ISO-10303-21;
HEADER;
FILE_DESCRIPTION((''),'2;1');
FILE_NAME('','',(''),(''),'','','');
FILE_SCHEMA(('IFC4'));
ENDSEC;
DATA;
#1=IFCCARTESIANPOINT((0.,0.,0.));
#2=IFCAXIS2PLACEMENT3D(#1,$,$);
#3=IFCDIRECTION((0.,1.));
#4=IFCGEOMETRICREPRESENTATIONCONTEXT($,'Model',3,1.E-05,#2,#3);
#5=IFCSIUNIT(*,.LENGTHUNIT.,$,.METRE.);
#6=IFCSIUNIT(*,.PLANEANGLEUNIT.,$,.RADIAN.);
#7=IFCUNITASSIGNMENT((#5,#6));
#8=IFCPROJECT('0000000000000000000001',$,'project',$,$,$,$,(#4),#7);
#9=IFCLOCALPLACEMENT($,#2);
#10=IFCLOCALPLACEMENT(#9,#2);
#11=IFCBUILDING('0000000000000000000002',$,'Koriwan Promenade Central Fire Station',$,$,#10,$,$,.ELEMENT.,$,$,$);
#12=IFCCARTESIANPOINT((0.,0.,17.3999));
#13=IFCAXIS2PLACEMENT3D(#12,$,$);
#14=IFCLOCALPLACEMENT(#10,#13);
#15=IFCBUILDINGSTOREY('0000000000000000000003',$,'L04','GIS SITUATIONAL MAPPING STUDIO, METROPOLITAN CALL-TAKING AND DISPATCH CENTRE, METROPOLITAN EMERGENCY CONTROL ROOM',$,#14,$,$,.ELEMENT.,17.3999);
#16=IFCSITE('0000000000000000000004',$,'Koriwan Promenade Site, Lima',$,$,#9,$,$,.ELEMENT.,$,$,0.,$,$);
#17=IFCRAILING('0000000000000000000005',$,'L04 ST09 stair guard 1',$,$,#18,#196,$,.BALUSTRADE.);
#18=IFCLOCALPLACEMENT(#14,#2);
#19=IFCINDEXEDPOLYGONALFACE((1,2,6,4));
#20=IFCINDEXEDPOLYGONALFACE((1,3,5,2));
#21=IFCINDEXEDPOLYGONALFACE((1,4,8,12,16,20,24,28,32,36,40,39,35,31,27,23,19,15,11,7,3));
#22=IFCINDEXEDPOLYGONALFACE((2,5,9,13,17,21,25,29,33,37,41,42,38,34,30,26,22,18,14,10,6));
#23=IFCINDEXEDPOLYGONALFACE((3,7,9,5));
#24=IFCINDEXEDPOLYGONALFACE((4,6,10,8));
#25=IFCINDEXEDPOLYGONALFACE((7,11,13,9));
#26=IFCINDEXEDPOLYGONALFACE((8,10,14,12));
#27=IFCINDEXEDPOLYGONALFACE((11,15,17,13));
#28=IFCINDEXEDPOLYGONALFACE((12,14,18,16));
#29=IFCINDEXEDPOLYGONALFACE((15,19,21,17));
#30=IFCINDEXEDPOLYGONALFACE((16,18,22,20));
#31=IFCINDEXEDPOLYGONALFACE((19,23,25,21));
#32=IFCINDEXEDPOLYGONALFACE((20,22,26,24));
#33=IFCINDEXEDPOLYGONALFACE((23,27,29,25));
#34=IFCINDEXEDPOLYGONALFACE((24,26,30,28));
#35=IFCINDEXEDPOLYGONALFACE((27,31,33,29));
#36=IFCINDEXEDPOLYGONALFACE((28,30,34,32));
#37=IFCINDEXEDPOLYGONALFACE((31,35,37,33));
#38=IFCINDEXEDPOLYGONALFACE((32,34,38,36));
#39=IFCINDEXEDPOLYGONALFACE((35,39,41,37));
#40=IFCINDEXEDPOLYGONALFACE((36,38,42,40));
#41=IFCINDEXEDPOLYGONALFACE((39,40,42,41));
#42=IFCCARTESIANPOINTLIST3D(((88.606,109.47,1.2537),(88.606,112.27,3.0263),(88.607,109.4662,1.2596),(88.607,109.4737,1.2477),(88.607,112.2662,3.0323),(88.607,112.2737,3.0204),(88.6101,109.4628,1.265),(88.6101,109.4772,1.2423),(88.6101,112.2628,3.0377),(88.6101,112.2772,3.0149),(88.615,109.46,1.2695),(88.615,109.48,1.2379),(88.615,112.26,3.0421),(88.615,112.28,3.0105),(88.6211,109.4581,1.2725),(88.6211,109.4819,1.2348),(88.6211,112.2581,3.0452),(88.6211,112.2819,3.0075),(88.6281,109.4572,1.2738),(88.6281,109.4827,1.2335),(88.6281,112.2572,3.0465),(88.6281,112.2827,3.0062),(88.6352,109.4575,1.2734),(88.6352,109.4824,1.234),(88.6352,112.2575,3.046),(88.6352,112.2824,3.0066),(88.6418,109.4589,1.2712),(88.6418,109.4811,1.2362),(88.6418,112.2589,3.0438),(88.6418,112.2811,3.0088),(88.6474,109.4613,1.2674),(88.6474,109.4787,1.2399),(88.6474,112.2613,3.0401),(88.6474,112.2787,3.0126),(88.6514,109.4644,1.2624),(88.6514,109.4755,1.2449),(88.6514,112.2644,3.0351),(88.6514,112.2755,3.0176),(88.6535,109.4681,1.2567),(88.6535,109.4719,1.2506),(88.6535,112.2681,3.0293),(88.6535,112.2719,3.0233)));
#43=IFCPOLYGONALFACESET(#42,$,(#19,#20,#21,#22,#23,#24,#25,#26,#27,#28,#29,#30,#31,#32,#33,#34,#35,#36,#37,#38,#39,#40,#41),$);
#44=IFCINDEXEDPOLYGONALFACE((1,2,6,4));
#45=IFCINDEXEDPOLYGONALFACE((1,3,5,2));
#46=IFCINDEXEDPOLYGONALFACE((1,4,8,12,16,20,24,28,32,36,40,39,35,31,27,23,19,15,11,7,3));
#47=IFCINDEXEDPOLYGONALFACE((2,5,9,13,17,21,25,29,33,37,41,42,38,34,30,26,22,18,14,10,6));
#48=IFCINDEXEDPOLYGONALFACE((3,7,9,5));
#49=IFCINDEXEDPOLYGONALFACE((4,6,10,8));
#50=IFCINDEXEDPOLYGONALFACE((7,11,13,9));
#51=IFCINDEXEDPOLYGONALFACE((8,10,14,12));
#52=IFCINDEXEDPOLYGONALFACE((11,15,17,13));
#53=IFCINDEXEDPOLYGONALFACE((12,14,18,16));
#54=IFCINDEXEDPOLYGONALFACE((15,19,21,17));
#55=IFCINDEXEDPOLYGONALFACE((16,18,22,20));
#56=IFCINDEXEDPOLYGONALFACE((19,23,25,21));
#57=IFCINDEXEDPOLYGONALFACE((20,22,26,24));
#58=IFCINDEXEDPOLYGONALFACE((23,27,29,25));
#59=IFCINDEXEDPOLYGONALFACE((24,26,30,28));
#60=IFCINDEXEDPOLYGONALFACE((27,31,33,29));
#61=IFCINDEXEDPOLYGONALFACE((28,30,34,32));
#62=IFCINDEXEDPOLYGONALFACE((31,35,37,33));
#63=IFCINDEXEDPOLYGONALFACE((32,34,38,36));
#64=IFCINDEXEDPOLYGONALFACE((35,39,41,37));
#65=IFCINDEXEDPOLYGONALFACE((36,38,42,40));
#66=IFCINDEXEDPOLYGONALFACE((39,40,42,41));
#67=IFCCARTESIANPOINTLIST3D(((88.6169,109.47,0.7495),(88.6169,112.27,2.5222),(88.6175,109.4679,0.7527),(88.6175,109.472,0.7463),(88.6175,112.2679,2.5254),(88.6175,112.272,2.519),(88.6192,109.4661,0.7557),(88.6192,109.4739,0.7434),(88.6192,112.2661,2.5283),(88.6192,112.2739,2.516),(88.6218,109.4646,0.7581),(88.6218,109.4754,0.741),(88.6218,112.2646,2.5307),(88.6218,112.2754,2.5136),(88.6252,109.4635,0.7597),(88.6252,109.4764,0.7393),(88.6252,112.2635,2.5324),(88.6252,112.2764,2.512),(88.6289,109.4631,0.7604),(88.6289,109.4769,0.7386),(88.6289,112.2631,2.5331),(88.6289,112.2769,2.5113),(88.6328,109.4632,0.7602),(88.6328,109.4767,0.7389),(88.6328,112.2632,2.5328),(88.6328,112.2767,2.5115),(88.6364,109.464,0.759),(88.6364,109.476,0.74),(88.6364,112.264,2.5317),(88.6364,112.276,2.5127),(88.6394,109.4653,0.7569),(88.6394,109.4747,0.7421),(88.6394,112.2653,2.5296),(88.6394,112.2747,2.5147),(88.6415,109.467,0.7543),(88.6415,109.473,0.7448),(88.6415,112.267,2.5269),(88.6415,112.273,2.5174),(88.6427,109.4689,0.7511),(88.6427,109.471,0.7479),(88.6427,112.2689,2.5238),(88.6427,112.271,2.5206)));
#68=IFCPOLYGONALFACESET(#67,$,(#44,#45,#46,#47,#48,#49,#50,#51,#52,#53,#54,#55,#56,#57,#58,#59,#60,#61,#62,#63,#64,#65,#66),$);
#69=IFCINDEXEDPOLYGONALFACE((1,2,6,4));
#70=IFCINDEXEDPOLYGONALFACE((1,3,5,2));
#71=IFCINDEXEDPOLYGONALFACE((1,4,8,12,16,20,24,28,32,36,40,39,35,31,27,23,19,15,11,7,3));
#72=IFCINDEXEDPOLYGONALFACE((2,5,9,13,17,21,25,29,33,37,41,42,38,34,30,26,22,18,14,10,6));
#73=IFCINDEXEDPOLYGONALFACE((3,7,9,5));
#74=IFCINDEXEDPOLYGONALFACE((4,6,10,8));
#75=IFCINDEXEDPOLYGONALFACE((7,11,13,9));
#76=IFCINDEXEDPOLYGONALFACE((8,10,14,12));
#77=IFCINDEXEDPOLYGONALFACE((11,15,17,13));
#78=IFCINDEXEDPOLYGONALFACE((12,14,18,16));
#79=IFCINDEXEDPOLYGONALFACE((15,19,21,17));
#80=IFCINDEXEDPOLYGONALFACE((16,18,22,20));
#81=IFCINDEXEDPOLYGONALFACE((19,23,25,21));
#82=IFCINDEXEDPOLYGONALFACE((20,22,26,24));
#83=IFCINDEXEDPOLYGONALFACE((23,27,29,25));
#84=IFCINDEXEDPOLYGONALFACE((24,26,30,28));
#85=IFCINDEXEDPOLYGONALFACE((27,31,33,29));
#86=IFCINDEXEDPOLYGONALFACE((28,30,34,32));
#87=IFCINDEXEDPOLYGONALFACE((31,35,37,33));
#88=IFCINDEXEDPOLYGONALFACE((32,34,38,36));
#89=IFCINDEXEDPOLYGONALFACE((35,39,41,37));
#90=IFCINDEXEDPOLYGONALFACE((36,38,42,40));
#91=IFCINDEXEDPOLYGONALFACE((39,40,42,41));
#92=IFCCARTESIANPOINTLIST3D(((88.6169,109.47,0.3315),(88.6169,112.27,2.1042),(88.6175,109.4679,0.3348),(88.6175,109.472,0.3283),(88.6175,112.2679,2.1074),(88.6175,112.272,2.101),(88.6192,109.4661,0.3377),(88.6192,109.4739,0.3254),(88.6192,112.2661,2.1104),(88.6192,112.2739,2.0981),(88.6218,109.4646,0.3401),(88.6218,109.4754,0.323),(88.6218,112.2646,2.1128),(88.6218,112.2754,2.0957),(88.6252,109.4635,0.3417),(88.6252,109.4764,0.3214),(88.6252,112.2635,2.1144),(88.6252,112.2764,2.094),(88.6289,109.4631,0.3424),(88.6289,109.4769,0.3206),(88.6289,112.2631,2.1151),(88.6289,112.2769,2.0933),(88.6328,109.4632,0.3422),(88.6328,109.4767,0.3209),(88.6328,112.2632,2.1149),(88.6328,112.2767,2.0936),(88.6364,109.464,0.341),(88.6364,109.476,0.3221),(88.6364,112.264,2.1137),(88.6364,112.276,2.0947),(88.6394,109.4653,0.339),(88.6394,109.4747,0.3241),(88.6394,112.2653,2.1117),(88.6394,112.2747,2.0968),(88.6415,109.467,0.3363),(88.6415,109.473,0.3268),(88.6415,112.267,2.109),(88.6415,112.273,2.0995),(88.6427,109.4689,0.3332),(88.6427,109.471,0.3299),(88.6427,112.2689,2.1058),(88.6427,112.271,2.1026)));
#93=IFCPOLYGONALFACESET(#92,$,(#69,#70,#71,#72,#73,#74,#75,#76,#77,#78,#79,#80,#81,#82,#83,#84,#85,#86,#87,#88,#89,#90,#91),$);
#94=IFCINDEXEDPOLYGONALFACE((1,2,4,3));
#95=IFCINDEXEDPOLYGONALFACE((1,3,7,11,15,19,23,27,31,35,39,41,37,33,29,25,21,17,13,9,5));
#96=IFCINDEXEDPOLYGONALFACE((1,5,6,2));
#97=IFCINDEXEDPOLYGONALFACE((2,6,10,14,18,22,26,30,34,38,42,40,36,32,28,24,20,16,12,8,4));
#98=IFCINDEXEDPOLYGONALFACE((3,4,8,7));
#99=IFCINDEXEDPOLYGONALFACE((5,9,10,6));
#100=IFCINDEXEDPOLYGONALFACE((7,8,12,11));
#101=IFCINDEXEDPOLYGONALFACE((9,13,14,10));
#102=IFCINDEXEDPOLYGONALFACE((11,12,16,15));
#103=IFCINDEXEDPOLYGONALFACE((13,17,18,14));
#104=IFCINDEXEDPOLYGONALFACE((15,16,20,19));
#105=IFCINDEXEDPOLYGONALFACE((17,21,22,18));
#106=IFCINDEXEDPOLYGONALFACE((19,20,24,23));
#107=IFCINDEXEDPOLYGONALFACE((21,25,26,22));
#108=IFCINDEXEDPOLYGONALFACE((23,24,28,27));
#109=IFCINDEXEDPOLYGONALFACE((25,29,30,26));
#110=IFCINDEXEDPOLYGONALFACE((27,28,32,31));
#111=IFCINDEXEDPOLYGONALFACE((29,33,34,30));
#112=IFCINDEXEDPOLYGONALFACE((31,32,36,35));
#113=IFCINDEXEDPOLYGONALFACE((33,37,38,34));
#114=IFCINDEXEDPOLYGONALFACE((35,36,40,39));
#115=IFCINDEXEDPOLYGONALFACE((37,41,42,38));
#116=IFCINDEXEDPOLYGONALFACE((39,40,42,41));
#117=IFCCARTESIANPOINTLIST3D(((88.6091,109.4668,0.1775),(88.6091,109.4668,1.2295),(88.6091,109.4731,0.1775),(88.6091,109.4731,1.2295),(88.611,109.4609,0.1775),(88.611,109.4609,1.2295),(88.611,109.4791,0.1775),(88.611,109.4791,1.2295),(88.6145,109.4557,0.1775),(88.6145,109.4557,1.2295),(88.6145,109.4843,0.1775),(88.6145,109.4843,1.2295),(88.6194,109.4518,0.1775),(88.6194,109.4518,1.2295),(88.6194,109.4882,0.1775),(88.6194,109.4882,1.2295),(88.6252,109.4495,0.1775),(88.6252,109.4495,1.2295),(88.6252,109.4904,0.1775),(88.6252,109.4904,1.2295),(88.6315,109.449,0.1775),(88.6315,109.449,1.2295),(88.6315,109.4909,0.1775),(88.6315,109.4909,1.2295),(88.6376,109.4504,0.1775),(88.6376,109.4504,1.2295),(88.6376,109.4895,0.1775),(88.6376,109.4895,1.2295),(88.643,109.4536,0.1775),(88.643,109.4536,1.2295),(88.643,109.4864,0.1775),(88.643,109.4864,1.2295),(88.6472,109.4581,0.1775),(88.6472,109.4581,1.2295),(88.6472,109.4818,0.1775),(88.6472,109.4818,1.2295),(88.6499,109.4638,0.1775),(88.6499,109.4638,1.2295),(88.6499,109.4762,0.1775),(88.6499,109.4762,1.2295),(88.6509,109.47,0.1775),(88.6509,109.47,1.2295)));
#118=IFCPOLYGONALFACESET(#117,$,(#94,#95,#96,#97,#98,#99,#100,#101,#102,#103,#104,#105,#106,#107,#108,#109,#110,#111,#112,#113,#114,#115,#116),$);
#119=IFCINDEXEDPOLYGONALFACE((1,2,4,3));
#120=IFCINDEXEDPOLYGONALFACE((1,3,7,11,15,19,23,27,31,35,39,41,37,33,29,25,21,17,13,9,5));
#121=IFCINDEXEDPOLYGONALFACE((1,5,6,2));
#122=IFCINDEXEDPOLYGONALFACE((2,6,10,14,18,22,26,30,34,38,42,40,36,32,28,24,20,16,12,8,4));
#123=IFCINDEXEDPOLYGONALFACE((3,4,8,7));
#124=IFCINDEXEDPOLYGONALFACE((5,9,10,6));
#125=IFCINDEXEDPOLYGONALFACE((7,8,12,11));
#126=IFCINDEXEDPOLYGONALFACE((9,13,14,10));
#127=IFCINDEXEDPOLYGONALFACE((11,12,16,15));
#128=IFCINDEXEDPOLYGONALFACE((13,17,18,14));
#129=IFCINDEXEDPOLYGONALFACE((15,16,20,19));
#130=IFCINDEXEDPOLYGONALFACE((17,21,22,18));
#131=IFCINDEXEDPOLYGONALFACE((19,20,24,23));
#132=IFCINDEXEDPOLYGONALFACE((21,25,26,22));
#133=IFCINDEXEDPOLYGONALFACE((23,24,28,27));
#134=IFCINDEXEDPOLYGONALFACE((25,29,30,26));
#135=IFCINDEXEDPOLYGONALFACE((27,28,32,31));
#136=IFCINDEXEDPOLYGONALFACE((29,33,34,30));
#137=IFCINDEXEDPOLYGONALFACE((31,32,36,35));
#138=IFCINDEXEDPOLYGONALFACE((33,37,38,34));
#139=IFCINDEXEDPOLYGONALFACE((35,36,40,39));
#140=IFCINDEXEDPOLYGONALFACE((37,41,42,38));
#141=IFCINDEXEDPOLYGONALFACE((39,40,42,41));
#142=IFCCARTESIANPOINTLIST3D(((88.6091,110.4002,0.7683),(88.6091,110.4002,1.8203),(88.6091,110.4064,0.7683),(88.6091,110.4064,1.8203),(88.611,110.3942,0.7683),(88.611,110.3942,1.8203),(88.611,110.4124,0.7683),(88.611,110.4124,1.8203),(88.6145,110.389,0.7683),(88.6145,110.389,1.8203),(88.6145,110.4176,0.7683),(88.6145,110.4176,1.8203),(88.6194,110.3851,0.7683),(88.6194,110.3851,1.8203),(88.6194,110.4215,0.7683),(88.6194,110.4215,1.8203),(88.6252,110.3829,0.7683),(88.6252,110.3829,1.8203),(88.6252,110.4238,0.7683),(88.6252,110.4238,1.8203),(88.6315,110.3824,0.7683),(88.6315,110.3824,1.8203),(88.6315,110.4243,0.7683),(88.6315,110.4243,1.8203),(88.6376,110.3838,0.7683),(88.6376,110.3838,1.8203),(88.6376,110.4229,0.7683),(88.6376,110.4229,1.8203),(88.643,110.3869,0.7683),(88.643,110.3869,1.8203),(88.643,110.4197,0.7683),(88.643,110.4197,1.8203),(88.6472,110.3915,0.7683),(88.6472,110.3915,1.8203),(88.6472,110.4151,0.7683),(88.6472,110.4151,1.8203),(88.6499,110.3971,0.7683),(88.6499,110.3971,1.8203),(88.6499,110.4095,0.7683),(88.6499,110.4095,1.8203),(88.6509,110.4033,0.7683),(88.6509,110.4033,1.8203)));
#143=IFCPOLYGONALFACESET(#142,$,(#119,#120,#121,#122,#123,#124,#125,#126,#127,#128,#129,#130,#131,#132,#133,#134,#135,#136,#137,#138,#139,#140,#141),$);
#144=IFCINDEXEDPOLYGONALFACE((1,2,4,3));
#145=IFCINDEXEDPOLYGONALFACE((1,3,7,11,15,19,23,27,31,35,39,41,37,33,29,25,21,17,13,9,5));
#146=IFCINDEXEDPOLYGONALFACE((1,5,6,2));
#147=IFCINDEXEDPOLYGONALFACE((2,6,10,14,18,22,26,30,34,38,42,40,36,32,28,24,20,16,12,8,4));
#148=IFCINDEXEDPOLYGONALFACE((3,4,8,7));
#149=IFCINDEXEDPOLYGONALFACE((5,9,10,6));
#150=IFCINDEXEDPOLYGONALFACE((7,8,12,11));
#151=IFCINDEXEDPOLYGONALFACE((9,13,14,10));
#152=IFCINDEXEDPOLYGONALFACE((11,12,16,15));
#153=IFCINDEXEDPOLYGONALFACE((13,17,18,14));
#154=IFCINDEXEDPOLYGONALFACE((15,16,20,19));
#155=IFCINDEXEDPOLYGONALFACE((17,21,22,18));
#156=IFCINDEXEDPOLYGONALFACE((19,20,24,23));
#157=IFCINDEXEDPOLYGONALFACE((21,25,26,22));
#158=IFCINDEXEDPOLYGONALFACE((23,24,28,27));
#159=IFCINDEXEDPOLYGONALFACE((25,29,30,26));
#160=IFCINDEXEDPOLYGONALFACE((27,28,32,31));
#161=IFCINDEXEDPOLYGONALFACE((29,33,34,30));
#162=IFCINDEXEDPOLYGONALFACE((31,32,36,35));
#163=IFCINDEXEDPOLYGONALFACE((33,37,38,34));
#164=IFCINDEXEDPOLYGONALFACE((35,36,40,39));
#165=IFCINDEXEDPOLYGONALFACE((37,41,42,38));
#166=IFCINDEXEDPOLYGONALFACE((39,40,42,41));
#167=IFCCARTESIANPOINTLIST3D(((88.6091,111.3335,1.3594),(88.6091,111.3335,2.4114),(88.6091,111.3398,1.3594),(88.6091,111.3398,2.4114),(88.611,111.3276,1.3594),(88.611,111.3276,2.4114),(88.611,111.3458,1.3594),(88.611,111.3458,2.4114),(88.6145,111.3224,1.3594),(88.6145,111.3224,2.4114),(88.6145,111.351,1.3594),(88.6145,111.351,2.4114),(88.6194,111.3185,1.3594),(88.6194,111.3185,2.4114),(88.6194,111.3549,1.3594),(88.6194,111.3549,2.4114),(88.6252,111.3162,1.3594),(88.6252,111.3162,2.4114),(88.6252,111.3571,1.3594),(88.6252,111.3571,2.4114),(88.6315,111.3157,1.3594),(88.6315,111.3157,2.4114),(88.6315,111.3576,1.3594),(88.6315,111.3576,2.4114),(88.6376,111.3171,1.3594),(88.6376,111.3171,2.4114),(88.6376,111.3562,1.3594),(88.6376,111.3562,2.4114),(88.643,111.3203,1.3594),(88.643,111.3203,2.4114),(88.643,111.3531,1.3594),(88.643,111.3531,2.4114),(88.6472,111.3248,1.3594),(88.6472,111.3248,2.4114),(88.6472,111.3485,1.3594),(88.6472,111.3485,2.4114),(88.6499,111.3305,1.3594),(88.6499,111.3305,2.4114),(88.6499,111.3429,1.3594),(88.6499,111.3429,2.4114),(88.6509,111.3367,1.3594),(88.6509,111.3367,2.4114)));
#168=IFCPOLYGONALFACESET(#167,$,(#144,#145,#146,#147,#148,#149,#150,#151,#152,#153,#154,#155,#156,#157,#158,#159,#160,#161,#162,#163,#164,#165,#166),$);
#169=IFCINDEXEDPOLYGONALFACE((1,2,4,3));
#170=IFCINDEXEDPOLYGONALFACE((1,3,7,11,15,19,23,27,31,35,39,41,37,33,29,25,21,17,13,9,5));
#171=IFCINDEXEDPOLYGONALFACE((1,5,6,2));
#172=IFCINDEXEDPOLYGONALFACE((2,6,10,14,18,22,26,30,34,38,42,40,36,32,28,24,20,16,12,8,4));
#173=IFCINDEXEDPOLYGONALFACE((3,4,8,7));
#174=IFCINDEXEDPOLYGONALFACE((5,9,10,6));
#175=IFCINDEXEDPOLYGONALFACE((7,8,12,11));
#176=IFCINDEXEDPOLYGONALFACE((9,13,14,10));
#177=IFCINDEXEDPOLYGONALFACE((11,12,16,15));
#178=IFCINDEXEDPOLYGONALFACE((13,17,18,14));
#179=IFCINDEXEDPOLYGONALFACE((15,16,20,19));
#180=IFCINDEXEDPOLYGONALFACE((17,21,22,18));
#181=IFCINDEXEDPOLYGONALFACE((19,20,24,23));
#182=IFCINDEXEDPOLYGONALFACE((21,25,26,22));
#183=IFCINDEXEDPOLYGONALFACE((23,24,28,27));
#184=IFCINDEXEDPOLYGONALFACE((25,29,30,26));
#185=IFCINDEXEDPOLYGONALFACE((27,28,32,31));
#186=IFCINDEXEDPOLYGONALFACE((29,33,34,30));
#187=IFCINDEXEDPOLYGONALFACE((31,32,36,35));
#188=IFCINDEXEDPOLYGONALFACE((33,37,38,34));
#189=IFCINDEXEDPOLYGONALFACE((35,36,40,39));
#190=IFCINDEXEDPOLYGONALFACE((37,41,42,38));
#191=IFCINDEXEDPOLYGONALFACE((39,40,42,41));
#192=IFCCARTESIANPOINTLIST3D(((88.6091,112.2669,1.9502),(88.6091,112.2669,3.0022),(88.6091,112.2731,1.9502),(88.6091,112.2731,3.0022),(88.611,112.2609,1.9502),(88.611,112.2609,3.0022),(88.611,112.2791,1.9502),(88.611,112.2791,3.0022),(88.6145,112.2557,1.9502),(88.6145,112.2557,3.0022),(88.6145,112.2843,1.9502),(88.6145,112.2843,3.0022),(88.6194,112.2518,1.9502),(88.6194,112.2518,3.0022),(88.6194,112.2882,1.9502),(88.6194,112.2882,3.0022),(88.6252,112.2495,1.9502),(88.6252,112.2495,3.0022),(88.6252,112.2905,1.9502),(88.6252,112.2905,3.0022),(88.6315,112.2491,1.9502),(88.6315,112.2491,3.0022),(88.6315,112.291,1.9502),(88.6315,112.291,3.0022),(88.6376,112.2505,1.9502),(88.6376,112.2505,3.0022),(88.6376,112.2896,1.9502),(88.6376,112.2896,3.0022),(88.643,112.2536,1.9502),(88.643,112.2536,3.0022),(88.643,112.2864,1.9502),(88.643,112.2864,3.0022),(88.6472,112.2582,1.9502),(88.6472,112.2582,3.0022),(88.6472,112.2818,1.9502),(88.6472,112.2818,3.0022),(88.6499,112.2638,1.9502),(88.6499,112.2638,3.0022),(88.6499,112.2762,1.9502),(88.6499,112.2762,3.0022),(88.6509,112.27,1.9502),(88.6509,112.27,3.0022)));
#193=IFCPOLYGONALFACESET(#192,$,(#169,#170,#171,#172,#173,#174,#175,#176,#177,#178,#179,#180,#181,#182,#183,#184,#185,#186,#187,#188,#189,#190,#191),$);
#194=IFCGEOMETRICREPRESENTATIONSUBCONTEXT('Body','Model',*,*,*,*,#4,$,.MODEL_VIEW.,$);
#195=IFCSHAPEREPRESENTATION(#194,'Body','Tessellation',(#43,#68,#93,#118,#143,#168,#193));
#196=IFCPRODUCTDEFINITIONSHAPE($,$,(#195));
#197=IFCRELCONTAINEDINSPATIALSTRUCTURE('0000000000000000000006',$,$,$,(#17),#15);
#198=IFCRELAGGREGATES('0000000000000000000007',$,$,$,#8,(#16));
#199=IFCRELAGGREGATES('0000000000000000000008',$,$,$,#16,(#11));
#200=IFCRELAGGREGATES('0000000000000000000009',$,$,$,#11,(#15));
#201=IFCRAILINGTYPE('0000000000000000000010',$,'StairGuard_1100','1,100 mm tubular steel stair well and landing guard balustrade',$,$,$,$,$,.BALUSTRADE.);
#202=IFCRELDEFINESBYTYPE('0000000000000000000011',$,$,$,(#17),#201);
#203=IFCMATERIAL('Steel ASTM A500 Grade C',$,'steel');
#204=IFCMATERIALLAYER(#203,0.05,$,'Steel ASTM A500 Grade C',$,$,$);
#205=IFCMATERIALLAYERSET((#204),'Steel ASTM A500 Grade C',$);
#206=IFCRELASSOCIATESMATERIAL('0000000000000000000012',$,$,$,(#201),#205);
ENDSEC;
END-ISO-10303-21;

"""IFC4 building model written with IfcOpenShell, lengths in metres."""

from ifc_helpers import new_model, si_unit, direction, frame, origin, origin_2d, place, context, subcontext, project, spatial, circle, extrude, material, layer, layer_set, type_object, element, save


model = new_model("IFC4")

# Units and contexts
model_context = context("Model", 3, precision=1e-05, world=origin(), true_north=direction((0.0, 1.0)))
body_context = subcontext(model_context, "Body", "Model", "MODEL_VIEW")
ifc_project = project(units=[si_unit("LENGTHUNIT", "METRE"), si_unit("PLANEANGLEUNIT", "RADIAN")], contexts=[model_context])

# Site, building, storey
site_placement = place(None, origin())
site = spatial("IfcSite", under=ifc_project, at=site_placement, Name="Koriwan Promenade Site, Lima", CompositionType="ELEMENT", RefElevation=0.0)
building_placement = place(site_placement, origin())
building = spatial("IfcBuilding", under=site, at=building_placement, Name="Koriwan Promenade Central Fire Station", CompositionType="ELEMENT")
storey_placement = place(building_placement, frame((0.0, 0.0, 17.3999)))
storey = spatial("IfcBuildingStorey", under=building, at=storey_placement, Name="L04", Description="GIS SITUATIONAL MAPPING STUDIO, METROPOLITAN CALL-TAKING AND DISPATCH CENTRE, METROPOLITAN EMERGENCY CONTROL ROOM", CompositionType="ELEMENT", Elevation=17.3999)

# Railing
ifc_material_1 = material(Name="Steel ASTM A500 Grade C", Category="steel")
ifc_layer_1 = layer(ifc_material_1, 0.05, Name="Steel ASTM A500 Grade C")
ifc_layer_set_1 = layer_set([ifc_layer_1], Name="Steel ASTM A500 Grade C")
railing_type_1 = type_object("IfcRailingType", Name="StairGuard_1100", Description="1,100 mm tubular steel stair well and landing guard balustrade", PredefinedType="BALUSTRADE", material=ifc_layer_set_1)
railing_1_placement = place(storey_placement, frame((88.6299, 109.47, 0.1775)))
element("IfcRailing", 1, at=railing_1_placement, inside=storey, type_object=railing_type_1, Name="L04 ST09 stair guard 1", PredefinedType="BALUSTRADE", context=body_context, shape_type="SweptSolid", body=[
    extrude(circle(Radius=0.0239, at=origin_2d()), frame((0.0, 0.0, 1.0762), z_axis=(0.0, 0.844909, 0.53491), x_axis=(-1.0, 0.0, 0.0)), (0.0, 0.0, 1.0), 3.314),
    extrude(circle(Radius=0.0129, at=origin_2d()), frame((0.0, 0.0, 0.572), z_axis=(0.0, 0.844909, 0.53491), x_axis=(-1.0, 0.0, 0.0)), (0.0, 0.0, 1.0), 3.314),
    extrude(circle(Radius=0.0129, at=origin_2d()), frame((0.0, 0.0, 0.1541), z_axis=(0.0, 0.844909, 0.53491), x_axis=(-1.0, 0.0, 0.0)), (0.0, 0.0, 1.0), 3.314),
    extrude(circle(Radius=0.021, at=origin_2d()), origin(), (0.0, 0.0, 1.0), 1.052),
    extrude(circle(Radius=0.021, at=origin_2d()), frame((0.0, 0.9333, 0.5908)), (0.0, 0.0, 1.0), 1.052),
    extrude(circle(Radius=0.021, at=origin_2d()), frame((0.0, 1.8667, 1.1819)), (0.0, 0.0, 1.0), 1.052),
    extrude(circle(Radius=0.021, at=origin_2d()), frame((0.0, 2.8, 1.7727)), (0.0, 0.0, 1.0), 1.052),
])

save(model, "model.ifc")
